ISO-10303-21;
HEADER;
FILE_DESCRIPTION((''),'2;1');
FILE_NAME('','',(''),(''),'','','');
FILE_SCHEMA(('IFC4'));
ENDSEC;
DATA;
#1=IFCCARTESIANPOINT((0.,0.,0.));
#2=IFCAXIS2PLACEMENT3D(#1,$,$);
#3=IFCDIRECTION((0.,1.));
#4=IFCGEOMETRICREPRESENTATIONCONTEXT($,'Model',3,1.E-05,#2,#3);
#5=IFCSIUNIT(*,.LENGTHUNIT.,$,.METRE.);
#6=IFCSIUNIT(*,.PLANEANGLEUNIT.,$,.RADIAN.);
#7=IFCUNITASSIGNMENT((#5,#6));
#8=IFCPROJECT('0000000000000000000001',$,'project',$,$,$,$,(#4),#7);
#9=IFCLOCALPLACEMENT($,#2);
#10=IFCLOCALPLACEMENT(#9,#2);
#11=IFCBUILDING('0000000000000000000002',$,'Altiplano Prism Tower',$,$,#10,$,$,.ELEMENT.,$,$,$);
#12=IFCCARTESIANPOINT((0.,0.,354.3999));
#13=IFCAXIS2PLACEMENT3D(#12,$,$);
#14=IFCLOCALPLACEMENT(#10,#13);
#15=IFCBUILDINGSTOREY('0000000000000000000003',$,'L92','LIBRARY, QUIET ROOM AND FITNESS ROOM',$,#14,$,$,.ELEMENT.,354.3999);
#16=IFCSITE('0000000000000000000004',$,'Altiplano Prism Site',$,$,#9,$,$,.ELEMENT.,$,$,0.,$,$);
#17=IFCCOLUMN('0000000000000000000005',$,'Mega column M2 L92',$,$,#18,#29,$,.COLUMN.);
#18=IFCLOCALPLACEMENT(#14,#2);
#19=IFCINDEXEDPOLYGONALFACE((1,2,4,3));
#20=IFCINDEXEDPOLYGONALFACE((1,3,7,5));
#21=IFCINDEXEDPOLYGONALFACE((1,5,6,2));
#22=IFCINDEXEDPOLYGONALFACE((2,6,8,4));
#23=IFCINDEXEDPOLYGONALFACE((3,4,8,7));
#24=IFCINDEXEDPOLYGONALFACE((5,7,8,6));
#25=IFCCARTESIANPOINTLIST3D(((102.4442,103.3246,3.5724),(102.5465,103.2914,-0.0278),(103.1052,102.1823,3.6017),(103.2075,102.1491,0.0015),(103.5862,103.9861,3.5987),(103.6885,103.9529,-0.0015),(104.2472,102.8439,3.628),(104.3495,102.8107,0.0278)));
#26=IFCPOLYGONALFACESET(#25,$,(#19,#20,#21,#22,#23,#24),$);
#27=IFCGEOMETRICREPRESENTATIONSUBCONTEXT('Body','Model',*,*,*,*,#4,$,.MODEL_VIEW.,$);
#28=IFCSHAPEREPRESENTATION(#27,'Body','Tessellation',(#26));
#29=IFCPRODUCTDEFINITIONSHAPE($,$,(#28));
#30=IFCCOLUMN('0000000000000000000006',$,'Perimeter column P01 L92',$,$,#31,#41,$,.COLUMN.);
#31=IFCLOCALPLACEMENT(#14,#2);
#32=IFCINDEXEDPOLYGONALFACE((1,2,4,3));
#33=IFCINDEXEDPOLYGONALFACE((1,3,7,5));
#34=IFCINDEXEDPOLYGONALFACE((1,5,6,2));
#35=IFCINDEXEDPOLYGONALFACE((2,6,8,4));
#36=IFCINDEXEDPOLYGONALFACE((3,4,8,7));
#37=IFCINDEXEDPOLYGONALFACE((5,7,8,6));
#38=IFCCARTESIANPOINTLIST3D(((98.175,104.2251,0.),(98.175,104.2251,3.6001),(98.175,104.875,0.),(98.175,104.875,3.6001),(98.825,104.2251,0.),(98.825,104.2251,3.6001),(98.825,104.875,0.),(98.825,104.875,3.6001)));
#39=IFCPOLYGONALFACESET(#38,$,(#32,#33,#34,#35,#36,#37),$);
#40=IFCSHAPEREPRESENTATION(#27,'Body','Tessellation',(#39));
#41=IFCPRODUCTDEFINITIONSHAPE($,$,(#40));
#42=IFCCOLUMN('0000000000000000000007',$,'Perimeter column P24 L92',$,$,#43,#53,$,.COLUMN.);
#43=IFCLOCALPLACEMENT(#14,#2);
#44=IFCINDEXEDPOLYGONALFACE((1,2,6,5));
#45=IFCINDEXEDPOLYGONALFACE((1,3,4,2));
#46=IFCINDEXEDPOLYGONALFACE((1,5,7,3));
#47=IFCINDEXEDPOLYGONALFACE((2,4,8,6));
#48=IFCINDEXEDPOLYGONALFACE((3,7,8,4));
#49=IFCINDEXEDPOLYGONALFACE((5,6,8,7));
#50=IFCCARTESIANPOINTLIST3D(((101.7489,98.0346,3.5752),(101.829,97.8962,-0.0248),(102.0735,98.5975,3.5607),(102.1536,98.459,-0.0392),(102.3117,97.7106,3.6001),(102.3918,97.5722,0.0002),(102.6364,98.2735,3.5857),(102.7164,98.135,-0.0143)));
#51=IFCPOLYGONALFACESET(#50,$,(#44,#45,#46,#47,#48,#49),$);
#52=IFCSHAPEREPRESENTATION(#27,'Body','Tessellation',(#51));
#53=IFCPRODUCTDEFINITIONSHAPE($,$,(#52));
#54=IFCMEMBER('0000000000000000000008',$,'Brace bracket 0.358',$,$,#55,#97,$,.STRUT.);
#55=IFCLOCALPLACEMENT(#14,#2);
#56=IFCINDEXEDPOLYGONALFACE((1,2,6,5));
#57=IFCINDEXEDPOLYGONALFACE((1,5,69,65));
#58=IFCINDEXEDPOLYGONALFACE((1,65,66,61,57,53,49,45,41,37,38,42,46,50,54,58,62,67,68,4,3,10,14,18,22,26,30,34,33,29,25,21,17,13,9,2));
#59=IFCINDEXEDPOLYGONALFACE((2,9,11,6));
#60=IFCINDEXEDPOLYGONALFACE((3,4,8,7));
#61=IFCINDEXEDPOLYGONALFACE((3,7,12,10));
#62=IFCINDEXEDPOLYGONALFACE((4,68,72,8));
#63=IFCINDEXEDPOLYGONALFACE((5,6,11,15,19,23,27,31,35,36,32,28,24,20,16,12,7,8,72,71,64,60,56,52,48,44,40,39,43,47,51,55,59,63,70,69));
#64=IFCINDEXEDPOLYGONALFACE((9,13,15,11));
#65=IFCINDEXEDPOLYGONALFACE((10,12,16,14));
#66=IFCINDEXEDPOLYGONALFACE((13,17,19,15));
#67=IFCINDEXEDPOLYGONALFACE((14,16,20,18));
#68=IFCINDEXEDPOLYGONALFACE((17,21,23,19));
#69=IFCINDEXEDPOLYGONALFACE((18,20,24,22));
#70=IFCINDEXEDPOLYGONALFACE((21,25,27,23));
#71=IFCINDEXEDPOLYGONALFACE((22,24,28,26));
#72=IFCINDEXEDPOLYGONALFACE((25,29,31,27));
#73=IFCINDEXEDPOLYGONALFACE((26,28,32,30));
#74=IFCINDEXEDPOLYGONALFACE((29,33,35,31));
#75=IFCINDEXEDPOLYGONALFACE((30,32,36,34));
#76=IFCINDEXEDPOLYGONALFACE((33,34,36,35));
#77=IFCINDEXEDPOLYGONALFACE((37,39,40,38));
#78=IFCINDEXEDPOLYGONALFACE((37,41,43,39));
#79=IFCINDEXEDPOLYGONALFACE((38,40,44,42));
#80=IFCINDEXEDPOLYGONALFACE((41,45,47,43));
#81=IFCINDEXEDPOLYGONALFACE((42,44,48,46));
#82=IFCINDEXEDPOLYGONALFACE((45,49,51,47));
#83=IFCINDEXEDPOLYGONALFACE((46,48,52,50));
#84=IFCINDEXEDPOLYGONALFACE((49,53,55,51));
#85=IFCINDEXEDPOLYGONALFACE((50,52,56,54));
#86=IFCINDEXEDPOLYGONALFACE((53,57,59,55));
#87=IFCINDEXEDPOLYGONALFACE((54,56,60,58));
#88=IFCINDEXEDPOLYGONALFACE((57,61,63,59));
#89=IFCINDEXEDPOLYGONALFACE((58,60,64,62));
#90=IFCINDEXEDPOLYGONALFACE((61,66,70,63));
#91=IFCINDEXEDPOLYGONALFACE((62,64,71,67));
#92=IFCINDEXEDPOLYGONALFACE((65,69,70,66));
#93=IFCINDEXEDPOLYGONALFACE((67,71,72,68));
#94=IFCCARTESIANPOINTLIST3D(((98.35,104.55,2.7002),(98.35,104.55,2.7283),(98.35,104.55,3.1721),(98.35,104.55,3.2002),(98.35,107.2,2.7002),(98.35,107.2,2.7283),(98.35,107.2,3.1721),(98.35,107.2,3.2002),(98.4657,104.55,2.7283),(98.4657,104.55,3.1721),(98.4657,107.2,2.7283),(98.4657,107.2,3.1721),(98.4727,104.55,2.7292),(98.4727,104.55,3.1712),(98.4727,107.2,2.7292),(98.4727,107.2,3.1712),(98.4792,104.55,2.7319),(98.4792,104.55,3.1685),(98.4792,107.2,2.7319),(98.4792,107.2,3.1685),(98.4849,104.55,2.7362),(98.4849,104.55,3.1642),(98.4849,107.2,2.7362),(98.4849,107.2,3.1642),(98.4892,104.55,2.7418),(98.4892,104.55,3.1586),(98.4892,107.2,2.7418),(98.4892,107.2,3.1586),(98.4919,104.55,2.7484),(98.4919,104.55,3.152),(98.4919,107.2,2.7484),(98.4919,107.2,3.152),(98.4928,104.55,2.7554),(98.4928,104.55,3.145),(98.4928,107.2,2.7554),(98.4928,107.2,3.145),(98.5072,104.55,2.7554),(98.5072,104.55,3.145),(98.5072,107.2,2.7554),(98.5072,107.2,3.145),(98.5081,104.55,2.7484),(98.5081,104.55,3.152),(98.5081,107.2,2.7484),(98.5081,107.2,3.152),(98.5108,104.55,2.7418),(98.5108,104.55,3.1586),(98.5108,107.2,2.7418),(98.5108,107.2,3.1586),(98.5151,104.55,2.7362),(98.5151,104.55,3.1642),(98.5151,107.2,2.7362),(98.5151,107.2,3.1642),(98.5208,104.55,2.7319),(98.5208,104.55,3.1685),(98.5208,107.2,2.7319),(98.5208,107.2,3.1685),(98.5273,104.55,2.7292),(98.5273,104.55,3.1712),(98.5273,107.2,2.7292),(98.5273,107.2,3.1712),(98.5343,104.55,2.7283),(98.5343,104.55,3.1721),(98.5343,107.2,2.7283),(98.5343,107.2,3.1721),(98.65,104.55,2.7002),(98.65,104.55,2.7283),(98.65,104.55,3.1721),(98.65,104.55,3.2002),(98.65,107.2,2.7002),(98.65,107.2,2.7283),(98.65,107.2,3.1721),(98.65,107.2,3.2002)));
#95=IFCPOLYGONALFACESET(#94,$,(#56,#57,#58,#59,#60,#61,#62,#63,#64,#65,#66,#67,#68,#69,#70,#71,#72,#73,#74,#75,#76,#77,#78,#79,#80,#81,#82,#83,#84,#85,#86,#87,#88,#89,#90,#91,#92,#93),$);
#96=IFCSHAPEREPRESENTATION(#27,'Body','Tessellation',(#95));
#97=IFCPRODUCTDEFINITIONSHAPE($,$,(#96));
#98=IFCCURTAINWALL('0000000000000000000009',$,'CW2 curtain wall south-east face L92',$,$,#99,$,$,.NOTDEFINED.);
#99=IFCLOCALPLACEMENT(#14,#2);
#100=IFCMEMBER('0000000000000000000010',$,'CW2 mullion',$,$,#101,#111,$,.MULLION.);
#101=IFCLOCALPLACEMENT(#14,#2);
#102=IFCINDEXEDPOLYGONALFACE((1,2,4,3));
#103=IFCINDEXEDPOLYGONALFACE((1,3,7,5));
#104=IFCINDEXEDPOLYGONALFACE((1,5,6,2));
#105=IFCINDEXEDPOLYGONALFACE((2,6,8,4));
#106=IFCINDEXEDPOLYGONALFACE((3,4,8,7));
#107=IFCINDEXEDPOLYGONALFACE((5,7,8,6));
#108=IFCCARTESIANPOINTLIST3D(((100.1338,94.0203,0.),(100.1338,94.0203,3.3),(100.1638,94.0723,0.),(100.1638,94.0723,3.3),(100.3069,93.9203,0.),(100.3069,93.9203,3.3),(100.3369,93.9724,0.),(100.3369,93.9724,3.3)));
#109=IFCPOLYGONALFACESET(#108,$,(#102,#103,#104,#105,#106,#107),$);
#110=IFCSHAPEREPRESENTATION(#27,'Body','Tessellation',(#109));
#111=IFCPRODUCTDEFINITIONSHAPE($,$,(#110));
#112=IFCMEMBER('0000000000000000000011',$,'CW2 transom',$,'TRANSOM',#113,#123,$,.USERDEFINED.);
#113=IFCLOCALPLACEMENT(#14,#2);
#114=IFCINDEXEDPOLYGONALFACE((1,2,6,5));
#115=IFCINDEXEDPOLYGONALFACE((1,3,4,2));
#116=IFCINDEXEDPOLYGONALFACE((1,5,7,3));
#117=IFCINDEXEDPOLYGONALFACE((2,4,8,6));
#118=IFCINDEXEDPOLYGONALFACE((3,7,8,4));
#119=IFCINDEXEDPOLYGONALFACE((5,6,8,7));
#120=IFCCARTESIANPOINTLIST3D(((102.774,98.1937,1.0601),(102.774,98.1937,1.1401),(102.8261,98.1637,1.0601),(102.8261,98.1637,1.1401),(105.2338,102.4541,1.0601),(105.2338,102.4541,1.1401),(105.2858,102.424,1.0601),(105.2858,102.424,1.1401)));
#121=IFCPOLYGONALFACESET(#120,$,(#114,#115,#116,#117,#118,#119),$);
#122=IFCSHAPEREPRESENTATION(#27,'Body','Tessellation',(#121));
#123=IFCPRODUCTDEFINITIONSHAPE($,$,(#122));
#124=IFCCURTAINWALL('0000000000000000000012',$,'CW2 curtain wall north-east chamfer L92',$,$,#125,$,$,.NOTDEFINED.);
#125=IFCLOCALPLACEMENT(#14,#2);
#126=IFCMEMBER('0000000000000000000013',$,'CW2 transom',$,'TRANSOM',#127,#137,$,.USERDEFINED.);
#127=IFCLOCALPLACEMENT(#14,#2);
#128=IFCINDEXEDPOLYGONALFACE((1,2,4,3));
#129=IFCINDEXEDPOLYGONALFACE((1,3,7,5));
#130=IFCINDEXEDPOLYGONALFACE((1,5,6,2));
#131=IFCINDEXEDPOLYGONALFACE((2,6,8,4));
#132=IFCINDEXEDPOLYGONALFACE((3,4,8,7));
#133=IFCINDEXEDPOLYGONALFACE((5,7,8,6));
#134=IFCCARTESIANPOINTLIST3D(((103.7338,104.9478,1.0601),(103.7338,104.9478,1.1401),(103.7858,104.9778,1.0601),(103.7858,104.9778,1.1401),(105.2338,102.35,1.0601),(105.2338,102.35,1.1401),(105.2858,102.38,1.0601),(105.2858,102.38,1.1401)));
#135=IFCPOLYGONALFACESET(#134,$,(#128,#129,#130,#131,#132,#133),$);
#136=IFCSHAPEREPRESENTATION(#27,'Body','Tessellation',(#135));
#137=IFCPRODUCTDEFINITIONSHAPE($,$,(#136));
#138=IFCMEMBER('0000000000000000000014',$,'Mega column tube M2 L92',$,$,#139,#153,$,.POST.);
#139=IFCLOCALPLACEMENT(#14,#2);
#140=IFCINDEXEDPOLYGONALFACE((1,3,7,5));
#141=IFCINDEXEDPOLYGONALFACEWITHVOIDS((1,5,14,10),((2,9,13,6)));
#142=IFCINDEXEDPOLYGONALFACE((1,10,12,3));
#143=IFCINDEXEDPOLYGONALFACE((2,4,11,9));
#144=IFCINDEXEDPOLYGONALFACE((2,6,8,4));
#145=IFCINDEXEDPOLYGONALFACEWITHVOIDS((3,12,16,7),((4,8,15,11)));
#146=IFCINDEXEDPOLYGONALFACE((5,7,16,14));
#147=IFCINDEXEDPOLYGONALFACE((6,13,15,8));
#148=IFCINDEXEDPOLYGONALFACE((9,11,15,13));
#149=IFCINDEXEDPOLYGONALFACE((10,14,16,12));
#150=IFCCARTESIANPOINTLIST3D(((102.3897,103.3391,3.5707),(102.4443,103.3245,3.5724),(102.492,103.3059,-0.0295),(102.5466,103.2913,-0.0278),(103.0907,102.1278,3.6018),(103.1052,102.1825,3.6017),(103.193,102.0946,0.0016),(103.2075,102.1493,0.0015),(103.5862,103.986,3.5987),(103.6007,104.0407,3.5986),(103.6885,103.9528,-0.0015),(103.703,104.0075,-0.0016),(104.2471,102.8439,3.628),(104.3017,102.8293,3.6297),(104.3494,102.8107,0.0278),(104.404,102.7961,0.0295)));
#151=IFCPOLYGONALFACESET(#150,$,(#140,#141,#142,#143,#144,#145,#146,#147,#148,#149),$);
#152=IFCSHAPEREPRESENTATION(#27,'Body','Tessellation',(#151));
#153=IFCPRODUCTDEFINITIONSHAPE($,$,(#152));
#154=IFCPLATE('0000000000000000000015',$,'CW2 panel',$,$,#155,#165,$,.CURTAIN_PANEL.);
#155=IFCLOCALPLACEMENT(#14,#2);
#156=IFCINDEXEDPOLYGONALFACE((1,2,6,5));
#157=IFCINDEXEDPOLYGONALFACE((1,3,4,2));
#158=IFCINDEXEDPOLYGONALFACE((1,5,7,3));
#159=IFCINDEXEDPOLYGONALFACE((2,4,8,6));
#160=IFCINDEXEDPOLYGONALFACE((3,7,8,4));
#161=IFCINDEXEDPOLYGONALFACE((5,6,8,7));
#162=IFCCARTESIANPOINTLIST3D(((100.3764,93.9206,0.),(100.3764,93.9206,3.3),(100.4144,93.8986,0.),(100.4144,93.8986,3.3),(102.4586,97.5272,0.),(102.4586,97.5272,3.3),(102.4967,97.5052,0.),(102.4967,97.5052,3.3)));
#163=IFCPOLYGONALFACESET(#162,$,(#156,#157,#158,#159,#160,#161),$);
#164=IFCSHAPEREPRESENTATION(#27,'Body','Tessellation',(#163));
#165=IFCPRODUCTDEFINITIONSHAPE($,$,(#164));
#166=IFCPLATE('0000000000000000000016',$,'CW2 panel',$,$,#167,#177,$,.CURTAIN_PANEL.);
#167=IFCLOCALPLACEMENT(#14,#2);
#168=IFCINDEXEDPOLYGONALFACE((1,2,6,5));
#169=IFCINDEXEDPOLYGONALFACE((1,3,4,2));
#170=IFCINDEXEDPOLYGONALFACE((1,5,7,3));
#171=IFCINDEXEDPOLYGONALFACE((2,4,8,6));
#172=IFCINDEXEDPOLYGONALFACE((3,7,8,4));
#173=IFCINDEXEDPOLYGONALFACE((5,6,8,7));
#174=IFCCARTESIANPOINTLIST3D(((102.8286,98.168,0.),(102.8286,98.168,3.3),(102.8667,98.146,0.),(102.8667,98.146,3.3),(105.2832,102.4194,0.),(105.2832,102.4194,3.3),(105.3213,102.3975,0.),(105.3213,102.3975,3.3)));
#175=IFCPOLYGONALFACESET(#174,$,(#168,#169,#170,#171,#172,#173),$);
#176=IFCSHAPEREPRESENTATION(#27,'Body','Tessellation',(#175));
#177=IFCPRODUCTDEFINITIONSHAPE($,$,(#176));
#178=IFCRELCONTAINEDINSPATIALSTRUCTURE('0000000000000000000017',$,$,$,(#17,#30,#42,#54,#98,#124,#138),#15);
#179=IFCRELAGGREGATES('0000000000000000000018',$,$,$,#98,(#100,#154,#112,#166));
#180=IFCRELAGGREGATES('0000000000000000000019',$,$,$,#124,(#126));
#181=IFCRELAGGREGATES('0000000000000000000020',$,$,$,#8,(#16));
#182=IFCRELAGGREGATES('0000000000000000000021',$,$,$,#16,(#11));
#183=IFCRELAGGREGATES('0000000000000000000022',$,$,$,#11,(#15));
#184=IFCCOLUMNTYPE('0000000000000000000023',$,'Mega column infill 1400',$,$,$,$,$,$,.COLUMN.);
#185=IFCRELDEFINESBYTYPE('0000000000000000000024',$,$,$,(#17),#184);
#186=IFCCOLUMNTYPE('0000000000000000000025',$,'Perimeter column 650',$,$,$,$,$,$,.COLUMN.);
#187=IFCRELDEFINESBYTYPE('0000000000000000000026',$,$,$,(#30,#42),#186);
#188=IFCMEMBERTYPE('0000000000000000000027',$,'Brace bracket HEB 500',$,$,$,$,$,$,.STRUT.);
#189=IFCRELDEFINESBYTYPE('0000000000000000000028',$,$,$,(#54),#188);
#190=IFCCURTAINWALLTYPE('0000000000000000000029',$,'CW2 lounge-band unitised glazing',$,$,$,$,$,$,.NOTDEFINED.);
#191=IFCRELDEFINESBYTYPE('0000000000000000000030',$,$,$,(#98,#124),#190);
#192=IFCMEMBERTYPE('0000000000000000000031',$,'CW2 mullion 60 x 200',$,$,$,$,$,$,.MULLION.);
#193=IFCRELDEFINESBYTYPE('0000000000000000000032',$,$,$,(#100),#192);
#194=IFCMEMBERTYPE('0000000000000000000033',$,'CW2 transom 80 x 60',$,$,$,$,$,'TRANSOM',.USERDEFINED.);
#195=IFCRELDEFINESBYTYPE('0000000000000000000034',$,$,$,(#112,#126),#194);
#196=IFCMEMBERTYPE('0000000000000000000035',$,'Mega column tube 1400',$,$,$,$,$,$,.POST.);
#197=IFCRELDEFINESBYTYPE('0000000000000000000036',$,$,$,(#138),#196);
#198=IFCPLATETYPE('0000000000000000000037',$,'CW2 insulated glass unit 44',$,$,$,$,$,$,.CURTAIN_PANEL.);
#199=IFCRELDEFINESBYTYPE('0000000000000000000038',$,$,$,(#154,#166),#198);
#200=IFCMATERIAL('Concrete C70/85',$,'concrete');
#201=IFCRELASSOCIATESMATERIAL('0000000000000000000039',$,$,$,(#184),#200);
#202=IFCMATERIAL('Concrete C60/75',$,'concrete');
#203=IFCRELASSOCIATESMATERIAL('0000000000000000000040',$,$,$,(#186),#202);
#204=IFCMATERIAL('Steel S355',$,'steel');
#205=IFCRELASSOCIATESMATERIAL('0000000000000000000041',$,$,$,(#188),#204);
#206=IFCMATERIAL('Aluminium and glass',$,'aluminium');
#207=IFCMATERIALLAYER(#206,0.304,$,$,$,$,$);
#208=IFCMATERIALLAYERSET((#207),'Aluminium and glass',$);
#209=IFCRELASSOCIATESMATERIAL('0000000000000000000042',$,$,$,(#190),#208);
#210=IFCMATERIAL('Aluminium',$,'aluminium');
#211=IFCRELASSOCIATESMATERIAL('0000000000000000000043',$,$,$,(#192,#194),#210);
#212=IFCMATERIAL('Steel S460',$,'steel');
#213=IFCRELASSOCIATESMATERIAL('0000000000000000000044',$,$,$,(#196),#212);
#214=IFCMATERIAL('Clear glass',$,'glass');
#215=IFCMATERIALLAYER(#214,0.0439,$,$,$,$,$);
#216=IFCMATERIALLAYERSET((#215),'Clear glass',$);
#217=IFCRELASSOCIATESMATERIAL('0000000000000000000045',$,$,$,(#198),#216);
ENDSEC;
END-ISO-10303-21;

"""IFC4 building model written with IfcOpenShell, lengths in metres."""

from ifc_helpers import new_model, si_unit, direction, frame, origin, origin_2d, place, context, subcontext, project, spatial, rectangle, hollow_rectangle, i_section, extrude, material, layer, layer_set, material_profile, profile_set, type_object, element, aggregate, save


model = new_model("IFC4")

# Units and contexts
model_context = context("Model", 3, precision=1e-05, world=origin(), true_north=direction((0.0, 1.0)))
body_context = subcontext(model_context, "Body", "Model", "MODEL_VIEW")
ifc_project = project(units=[si_unit("LENGTHUNIT", "METRE"), si_unit("PLANEANGLEUNIT", "RADIAN")], contexts=[model_context])

# Site, building, storey
site_placement = place(None, origin())
site = spatial("IfcSite", under=ifc_project, at=site_placement, Name="Altiplano Prism Site", CompositionType="ELEMENT", RefElevation=0.0)
building_placement = place(site_placement, origin())
building = spatial("IfcBuilding", under=site, at=building_placement, Name="Altiplano Prism Tower", CompositionType="ELEMENT")
storey_placement = place(building_placement, frame((0.0, 0.0, 354.3999)))
storey = spatial("IfcBuildingStorey", under=building, at=storey_placement, Name="L92", Description="LIBRARY, QUIET ROOM AND FITNESS ROOM", CompositionType="ELEMENT", Elevation=354.3999)

# Columns
ifc_material_1 = material(Name="Concrete C70/85", Category="concrete")
ifc_material_profile_1 = material_profile(ifc_material_1, rectangle(XDim=1.3201, YDim=1.3201, at=origin_2d()), Name="Mega column infill 1400")
ifc_profile_set_1 = profile_set([ifc_material_profile_1], Name="Concrete C70/85")
column_type_1 = type_object("IfcColumnType", Name="Mega column infill 1400", PredefinedType="COLUMN", material=ifc_profile_set_1)
column_1_placement = place(storey_placement, frame((103.448, 103.051, 0.0), z_axis=(-0.028402, 0.009219, 0.999554), x_axis=(0.500753, -0.865306, 0.022209)))
element("IfcColumn", 1, at=column_1_placement, inside=storey, type_object=column_type_1, Name="Mega column M2 L92", PredefinedType="COLUMN", context=body_context, shape_type="SweptSolid", body=[
    extrude(rectangle(XDim=1.3201, YDim=1.3201, at=origin_2d()), origin(), (0.0, 0.0, 1.0), 3.6018),
])
ifc_material_2 = material(Name="Concrete C60/75", Category="concrete")
ifc_material_profile_2 = material_profile(ifc_material_2, rectangle(XDim=0.6499, YDim=0.6499, at=origin_2d()), Name="Perimeter column 650")
ifc_profile_set_2 = profile_set([ifc_material_profile_2], Name="Concrete C60/75")
column_type_2 = type_object("IfcColumnType", Name="Perimeter column 650", PredefinedType="COLUMN", material=ifc_profile_set_2)
column_2_placement = place(storey_placement, frame((98.5, 104.55, 0.0), z_axis=(0.0, 0.0, 1.0), x_axis=(1.0, 0.0, 0.0)))
element("IfcColumn", 2, at=column_2_placement, inside=storey, type_object=column_type_2, Name="Perimeter column P01 L92", PredefinedType="COLUMN", context=body_context, shape_type="SweptSolid", body=[
    extrude(rectangle(XDim=0.6499, YDim=0.6499, at=origin_2d()), origin(), (0.0, 0.0, 1.0), 3.6001),
])
column_3_placement = place(storey_placement, frame((102.2727, 98.0156, -0.0195), z_axis=(-0.022223, 0.038416, 0.999015), x_axis=(-0.499513, -0.866022, 0.02219)))
element("IfcColumn", 3, at=column_3_placement, inside=storey, type_object=column_type_2, Name="Perimeter column P24 L92", PredefinedType="COLUMN", context=body_context, shape_type="SweptSolid", body=[
    extrude(rectangle(XDim=0.6499, YDim=0.6499, at=origin_2d()), origin(), (0.0, 0.0, 1.0), 3.6035),
])

# Member
ifc_material_3 = material(Name="Steel S355", Category="steel")
ifc_material_profile_3 = material_profile(ifc_material_3, i_section(OverallWidth=0.3, OverallDepth=0.5, WebThickness=0.0144, FlangeThickness=0.0281, FilletRadius=0.0271, at=origin_2d()), Name="Brace bracket HEB 500")
ifc_profile_set_3 = profile_set([ifc_material_profile_3], Name="Steel S355")
member_type_1 = type_object("IfcMemberType", Name="Brace bracket HEB 500", PredefinedType="STRUT", material=ifc_profile_set_3)
member_1_placement = place(storey_placement, frame((98.5, 104.55, 2.9502), z_axis=(0.0, 1.0, 0.0), x_axis=(-1.0, 0.0, 0.0)))
element("IfcMember", 4, at=member_1_placement, inside=storey, type_object=member_type_1, Name="Brace bracket 0.358", PredefinedType="STRUT", context=body_context, shape_type="SweptSolid", body=[
    extrude(i_section(OverallWidth=0.3, OverallDepth=0.5, WebThickness=0.0144, FlangeThickness=0.0281, FilletRadius=0.0271, at=origin_2d()), origin(), (0.0, 0.0, 1.0), 2.6499),
])

# Curtain wall, members
ifc_material_4 = material(Name="Aluminium and glass", Category="aluminium")
ifc_layer_1 = layer(ifc_material_4, 0.304)
ifc_layer_set_1 = layer_set([ifc_layer_1], Name="Aluminium and glass")
curtain_wall_type = type_object("IfcCurtainWallType", Name="CW2 lounge-band unitised glazing", PredefinedType="NOTDEFINED", material=ifc_layer_set_1)
curtain_wall_1_placement = place(storey_placement, origin())
curtain_wall_1 = element("IfcCurtainWall", 5, at=curtain_wall_1_placement, inside=storey, type_object=curtain_wall_type, Name="CW2 curtain wall south-east face L92", PredefinedType="NOTDEFINED")
ifc_material_5 = material(Name="Aluminium", Category="aluminium")
ifc_material_profile_4 = material_profile(ifc_material_5, rectangle(XDim=0.2, YDim=0.0601, at=origin_2d()), Name="CW2 mullion 60 x 200")
ifc_profile_set_4 = profile_set([ifc_material_profile_4], Name="Aluminium")
member_type_2 = type_object("IfcMemberType", Name="CW2 mullion 60 x 200", PredefinedType="MULLION", material=ifc_profile_set_4)
member_2_placement = place(storey_placement, frame((100.2354, 93.9963, 0.0), z_axis=(0.0, 0.0, 1.0), x_axis=(-0.866025, 0.5, 0.0)))
member_2 = element("IfcMember", 6, at=member_2_placement, type_object=member_type_2, Name="CW2 mullion", PredefinedType="MULLION", context=body_context, shape_type="SweptSolid", body=[
    extrude(rectangle(XDim=0.2, YDim=0.0601, at=origin_2d()), origin(), (0.0, 0.0, 1.0), 3.3),
])
ifc_material_profile_5 = material_profile(ifc_material_5, rectangle(XDim=0.0601, YDim=0.0801, at=origin_2d()), Name="CW2 transom 80 x 60")
ifc_profile_set_5 = profile_set([ifc_material_profile_5], Name="Aluminium")
member_type_3 = type_object("IfcMemberType", Name="CW2 transom 80 x 60", ElementType="TRANSOM", PredefinedType="USERDEFINED", material=ifc_profile_set_5)
member_3_placement = place(storey_placement, frame((102.8, 98.1787, 1.1001), z_axis=(0.500009, 0.86602, 0.0), x_axis=(-0.86602, 0.500009, 0.0)))
member_3 = element("IfcMember", 7, at=member_3_placement, type_object=member_type_3, Name="CW2 transom", ObjectType="TRANSOM", PredefinedType="USERDEFINED", context=body_context, shape_type="SweptSolid", body=[
    extrude(rectangle(XDim=0.0601, YDim=0.0801, at=origin_2d()), origin(), (0.0, 0.0, 1.0), 4.9194),
])

# Curtain wall, member
curtain_wall_2_placement = place(storey_placement, origin())
curtain_wall_2 = element("IfcCurtainWall", 8, at=curtain_wall_2_placement, inside=storey, type_object=curtain_wall_type, Name="CW2 curtain wall north-east chamfer L92", PredefinedType="NOTDEFINED")
member_4_placement = place(storey_placement, frame((105.2598, 102.365, 1.1001), z_axis=(-0.500025, 0.866011, 0.0), x_axis=(-0.866011, -0.500025, 0.0)))
member_4 = element("IfcMember", 9, at=member_4_placement, type_object=member_type_3, Name="CW2 transom", ObjectType="TRANSOM", PredefinedType="USERDEFINED", context=body_context, shape_type="SweptSolid", body=[
    extrude(rectangle(XDim=0.0601, YDim=0.0801, at=origin_2d()), origin(), (0.0, 0.0, 1.0), 2.9998),
])

# Member
ifc_material_6 = material(Name="Steel S460", Category="steel")
ifc_material_profile_6 = material_profile(ifc_material_6, hollow_rectangle(XDim=1.3999, YDim=1.3999, WallThickness=0.04, at=origin_2d()), Name="Mega column tube 1400")
ifc_profile_set_6 = profile_set([ifc_material_profile_6], Name="Steel S460")
member_type_4 = type_object("IfcMemberType", Name="Mega column tube 1400", PredefinedType="POST", material=ifc_profile_set_6)
member_5_placement = place(storey_placement, frame((103.448, 103.051, 0.0), z_axis=(-0.028402, 0.009219, 0.999554), x_axis=(0.500753, -0.865306, 0.022209)))
element("IfcMember", 10, at=member_5_placement, inside=storey, type_object=member_type_4, Name="Mega column tube M2 L92", PredefinedType="POST", context=body_context, shape_type="SweptSolid", body=[
    extrude(hollow_rectangle(XDim=1.3999, YDim=1.3999, WallThickness=0.04, at=origin_2d()), origin(), (0.0, 0.0, 1.0), 3.6018),
])

# Plates
ifc_material_7 = material(Name="Clear glass", Category="glass")
ifc_layer_2 = layer(ifc_material_7, 0.0439)
ifc_layer_set_2 = layer_set([ifc_layer_2], Name="Clear glass")
plate_type = type_object("IfcPlateType", Name="CW2 insulated glass unit 44", PredefinedType="CURTAIN_PANEL", material=ifc_layer_set_2)
plate_1_placement = place(storey_placement, frame((101.4365, 95.7129, 0.0), z_axis=(0.0, 0.0, 1.0), x_axis=(0.5, 0.866025, 0.0)))
plate_1 = element("IfcPlate", 11, at=plate_1_placement, type_object=plate_type, Name="CW2 panel", PredefinedType="CURTAIN_PANEL", context=body_context, shape_type="SweptSolid", body=[
    extrude(rectangle(XDim=4.1646, YDim=0.0439, at=origin_2d()), origin(), (0.0, 0.0, 1.0), 3.3),
])
plate_2_placement = place(storey_placement, frame((104.075, 100.2827, 0.0), z_axis=(0.0, 0.0, 1.0), x_axis=(0.5, 0.866025, 0.0)))
plate_2 = element("IfcPlate", 12, at=plate_2_placement, type_object=plate_type, Name="CW2 panel", PredefinedType="CURTAIN_PANEL", context=body_context, shape_type="SweptSolid", body=[
    extrude(rectangle(XDim=4.9092, YDim=0.0439, at=origin_2d()), origin(), (0.0, 0.0, 1.0), 3.3),
])
aggregate(curtain_wall_1, [member_2, plate_1, member_3, plate_2])
aggregate(curtain_wall_2, [member_4])

save(model, "model.ifc")
